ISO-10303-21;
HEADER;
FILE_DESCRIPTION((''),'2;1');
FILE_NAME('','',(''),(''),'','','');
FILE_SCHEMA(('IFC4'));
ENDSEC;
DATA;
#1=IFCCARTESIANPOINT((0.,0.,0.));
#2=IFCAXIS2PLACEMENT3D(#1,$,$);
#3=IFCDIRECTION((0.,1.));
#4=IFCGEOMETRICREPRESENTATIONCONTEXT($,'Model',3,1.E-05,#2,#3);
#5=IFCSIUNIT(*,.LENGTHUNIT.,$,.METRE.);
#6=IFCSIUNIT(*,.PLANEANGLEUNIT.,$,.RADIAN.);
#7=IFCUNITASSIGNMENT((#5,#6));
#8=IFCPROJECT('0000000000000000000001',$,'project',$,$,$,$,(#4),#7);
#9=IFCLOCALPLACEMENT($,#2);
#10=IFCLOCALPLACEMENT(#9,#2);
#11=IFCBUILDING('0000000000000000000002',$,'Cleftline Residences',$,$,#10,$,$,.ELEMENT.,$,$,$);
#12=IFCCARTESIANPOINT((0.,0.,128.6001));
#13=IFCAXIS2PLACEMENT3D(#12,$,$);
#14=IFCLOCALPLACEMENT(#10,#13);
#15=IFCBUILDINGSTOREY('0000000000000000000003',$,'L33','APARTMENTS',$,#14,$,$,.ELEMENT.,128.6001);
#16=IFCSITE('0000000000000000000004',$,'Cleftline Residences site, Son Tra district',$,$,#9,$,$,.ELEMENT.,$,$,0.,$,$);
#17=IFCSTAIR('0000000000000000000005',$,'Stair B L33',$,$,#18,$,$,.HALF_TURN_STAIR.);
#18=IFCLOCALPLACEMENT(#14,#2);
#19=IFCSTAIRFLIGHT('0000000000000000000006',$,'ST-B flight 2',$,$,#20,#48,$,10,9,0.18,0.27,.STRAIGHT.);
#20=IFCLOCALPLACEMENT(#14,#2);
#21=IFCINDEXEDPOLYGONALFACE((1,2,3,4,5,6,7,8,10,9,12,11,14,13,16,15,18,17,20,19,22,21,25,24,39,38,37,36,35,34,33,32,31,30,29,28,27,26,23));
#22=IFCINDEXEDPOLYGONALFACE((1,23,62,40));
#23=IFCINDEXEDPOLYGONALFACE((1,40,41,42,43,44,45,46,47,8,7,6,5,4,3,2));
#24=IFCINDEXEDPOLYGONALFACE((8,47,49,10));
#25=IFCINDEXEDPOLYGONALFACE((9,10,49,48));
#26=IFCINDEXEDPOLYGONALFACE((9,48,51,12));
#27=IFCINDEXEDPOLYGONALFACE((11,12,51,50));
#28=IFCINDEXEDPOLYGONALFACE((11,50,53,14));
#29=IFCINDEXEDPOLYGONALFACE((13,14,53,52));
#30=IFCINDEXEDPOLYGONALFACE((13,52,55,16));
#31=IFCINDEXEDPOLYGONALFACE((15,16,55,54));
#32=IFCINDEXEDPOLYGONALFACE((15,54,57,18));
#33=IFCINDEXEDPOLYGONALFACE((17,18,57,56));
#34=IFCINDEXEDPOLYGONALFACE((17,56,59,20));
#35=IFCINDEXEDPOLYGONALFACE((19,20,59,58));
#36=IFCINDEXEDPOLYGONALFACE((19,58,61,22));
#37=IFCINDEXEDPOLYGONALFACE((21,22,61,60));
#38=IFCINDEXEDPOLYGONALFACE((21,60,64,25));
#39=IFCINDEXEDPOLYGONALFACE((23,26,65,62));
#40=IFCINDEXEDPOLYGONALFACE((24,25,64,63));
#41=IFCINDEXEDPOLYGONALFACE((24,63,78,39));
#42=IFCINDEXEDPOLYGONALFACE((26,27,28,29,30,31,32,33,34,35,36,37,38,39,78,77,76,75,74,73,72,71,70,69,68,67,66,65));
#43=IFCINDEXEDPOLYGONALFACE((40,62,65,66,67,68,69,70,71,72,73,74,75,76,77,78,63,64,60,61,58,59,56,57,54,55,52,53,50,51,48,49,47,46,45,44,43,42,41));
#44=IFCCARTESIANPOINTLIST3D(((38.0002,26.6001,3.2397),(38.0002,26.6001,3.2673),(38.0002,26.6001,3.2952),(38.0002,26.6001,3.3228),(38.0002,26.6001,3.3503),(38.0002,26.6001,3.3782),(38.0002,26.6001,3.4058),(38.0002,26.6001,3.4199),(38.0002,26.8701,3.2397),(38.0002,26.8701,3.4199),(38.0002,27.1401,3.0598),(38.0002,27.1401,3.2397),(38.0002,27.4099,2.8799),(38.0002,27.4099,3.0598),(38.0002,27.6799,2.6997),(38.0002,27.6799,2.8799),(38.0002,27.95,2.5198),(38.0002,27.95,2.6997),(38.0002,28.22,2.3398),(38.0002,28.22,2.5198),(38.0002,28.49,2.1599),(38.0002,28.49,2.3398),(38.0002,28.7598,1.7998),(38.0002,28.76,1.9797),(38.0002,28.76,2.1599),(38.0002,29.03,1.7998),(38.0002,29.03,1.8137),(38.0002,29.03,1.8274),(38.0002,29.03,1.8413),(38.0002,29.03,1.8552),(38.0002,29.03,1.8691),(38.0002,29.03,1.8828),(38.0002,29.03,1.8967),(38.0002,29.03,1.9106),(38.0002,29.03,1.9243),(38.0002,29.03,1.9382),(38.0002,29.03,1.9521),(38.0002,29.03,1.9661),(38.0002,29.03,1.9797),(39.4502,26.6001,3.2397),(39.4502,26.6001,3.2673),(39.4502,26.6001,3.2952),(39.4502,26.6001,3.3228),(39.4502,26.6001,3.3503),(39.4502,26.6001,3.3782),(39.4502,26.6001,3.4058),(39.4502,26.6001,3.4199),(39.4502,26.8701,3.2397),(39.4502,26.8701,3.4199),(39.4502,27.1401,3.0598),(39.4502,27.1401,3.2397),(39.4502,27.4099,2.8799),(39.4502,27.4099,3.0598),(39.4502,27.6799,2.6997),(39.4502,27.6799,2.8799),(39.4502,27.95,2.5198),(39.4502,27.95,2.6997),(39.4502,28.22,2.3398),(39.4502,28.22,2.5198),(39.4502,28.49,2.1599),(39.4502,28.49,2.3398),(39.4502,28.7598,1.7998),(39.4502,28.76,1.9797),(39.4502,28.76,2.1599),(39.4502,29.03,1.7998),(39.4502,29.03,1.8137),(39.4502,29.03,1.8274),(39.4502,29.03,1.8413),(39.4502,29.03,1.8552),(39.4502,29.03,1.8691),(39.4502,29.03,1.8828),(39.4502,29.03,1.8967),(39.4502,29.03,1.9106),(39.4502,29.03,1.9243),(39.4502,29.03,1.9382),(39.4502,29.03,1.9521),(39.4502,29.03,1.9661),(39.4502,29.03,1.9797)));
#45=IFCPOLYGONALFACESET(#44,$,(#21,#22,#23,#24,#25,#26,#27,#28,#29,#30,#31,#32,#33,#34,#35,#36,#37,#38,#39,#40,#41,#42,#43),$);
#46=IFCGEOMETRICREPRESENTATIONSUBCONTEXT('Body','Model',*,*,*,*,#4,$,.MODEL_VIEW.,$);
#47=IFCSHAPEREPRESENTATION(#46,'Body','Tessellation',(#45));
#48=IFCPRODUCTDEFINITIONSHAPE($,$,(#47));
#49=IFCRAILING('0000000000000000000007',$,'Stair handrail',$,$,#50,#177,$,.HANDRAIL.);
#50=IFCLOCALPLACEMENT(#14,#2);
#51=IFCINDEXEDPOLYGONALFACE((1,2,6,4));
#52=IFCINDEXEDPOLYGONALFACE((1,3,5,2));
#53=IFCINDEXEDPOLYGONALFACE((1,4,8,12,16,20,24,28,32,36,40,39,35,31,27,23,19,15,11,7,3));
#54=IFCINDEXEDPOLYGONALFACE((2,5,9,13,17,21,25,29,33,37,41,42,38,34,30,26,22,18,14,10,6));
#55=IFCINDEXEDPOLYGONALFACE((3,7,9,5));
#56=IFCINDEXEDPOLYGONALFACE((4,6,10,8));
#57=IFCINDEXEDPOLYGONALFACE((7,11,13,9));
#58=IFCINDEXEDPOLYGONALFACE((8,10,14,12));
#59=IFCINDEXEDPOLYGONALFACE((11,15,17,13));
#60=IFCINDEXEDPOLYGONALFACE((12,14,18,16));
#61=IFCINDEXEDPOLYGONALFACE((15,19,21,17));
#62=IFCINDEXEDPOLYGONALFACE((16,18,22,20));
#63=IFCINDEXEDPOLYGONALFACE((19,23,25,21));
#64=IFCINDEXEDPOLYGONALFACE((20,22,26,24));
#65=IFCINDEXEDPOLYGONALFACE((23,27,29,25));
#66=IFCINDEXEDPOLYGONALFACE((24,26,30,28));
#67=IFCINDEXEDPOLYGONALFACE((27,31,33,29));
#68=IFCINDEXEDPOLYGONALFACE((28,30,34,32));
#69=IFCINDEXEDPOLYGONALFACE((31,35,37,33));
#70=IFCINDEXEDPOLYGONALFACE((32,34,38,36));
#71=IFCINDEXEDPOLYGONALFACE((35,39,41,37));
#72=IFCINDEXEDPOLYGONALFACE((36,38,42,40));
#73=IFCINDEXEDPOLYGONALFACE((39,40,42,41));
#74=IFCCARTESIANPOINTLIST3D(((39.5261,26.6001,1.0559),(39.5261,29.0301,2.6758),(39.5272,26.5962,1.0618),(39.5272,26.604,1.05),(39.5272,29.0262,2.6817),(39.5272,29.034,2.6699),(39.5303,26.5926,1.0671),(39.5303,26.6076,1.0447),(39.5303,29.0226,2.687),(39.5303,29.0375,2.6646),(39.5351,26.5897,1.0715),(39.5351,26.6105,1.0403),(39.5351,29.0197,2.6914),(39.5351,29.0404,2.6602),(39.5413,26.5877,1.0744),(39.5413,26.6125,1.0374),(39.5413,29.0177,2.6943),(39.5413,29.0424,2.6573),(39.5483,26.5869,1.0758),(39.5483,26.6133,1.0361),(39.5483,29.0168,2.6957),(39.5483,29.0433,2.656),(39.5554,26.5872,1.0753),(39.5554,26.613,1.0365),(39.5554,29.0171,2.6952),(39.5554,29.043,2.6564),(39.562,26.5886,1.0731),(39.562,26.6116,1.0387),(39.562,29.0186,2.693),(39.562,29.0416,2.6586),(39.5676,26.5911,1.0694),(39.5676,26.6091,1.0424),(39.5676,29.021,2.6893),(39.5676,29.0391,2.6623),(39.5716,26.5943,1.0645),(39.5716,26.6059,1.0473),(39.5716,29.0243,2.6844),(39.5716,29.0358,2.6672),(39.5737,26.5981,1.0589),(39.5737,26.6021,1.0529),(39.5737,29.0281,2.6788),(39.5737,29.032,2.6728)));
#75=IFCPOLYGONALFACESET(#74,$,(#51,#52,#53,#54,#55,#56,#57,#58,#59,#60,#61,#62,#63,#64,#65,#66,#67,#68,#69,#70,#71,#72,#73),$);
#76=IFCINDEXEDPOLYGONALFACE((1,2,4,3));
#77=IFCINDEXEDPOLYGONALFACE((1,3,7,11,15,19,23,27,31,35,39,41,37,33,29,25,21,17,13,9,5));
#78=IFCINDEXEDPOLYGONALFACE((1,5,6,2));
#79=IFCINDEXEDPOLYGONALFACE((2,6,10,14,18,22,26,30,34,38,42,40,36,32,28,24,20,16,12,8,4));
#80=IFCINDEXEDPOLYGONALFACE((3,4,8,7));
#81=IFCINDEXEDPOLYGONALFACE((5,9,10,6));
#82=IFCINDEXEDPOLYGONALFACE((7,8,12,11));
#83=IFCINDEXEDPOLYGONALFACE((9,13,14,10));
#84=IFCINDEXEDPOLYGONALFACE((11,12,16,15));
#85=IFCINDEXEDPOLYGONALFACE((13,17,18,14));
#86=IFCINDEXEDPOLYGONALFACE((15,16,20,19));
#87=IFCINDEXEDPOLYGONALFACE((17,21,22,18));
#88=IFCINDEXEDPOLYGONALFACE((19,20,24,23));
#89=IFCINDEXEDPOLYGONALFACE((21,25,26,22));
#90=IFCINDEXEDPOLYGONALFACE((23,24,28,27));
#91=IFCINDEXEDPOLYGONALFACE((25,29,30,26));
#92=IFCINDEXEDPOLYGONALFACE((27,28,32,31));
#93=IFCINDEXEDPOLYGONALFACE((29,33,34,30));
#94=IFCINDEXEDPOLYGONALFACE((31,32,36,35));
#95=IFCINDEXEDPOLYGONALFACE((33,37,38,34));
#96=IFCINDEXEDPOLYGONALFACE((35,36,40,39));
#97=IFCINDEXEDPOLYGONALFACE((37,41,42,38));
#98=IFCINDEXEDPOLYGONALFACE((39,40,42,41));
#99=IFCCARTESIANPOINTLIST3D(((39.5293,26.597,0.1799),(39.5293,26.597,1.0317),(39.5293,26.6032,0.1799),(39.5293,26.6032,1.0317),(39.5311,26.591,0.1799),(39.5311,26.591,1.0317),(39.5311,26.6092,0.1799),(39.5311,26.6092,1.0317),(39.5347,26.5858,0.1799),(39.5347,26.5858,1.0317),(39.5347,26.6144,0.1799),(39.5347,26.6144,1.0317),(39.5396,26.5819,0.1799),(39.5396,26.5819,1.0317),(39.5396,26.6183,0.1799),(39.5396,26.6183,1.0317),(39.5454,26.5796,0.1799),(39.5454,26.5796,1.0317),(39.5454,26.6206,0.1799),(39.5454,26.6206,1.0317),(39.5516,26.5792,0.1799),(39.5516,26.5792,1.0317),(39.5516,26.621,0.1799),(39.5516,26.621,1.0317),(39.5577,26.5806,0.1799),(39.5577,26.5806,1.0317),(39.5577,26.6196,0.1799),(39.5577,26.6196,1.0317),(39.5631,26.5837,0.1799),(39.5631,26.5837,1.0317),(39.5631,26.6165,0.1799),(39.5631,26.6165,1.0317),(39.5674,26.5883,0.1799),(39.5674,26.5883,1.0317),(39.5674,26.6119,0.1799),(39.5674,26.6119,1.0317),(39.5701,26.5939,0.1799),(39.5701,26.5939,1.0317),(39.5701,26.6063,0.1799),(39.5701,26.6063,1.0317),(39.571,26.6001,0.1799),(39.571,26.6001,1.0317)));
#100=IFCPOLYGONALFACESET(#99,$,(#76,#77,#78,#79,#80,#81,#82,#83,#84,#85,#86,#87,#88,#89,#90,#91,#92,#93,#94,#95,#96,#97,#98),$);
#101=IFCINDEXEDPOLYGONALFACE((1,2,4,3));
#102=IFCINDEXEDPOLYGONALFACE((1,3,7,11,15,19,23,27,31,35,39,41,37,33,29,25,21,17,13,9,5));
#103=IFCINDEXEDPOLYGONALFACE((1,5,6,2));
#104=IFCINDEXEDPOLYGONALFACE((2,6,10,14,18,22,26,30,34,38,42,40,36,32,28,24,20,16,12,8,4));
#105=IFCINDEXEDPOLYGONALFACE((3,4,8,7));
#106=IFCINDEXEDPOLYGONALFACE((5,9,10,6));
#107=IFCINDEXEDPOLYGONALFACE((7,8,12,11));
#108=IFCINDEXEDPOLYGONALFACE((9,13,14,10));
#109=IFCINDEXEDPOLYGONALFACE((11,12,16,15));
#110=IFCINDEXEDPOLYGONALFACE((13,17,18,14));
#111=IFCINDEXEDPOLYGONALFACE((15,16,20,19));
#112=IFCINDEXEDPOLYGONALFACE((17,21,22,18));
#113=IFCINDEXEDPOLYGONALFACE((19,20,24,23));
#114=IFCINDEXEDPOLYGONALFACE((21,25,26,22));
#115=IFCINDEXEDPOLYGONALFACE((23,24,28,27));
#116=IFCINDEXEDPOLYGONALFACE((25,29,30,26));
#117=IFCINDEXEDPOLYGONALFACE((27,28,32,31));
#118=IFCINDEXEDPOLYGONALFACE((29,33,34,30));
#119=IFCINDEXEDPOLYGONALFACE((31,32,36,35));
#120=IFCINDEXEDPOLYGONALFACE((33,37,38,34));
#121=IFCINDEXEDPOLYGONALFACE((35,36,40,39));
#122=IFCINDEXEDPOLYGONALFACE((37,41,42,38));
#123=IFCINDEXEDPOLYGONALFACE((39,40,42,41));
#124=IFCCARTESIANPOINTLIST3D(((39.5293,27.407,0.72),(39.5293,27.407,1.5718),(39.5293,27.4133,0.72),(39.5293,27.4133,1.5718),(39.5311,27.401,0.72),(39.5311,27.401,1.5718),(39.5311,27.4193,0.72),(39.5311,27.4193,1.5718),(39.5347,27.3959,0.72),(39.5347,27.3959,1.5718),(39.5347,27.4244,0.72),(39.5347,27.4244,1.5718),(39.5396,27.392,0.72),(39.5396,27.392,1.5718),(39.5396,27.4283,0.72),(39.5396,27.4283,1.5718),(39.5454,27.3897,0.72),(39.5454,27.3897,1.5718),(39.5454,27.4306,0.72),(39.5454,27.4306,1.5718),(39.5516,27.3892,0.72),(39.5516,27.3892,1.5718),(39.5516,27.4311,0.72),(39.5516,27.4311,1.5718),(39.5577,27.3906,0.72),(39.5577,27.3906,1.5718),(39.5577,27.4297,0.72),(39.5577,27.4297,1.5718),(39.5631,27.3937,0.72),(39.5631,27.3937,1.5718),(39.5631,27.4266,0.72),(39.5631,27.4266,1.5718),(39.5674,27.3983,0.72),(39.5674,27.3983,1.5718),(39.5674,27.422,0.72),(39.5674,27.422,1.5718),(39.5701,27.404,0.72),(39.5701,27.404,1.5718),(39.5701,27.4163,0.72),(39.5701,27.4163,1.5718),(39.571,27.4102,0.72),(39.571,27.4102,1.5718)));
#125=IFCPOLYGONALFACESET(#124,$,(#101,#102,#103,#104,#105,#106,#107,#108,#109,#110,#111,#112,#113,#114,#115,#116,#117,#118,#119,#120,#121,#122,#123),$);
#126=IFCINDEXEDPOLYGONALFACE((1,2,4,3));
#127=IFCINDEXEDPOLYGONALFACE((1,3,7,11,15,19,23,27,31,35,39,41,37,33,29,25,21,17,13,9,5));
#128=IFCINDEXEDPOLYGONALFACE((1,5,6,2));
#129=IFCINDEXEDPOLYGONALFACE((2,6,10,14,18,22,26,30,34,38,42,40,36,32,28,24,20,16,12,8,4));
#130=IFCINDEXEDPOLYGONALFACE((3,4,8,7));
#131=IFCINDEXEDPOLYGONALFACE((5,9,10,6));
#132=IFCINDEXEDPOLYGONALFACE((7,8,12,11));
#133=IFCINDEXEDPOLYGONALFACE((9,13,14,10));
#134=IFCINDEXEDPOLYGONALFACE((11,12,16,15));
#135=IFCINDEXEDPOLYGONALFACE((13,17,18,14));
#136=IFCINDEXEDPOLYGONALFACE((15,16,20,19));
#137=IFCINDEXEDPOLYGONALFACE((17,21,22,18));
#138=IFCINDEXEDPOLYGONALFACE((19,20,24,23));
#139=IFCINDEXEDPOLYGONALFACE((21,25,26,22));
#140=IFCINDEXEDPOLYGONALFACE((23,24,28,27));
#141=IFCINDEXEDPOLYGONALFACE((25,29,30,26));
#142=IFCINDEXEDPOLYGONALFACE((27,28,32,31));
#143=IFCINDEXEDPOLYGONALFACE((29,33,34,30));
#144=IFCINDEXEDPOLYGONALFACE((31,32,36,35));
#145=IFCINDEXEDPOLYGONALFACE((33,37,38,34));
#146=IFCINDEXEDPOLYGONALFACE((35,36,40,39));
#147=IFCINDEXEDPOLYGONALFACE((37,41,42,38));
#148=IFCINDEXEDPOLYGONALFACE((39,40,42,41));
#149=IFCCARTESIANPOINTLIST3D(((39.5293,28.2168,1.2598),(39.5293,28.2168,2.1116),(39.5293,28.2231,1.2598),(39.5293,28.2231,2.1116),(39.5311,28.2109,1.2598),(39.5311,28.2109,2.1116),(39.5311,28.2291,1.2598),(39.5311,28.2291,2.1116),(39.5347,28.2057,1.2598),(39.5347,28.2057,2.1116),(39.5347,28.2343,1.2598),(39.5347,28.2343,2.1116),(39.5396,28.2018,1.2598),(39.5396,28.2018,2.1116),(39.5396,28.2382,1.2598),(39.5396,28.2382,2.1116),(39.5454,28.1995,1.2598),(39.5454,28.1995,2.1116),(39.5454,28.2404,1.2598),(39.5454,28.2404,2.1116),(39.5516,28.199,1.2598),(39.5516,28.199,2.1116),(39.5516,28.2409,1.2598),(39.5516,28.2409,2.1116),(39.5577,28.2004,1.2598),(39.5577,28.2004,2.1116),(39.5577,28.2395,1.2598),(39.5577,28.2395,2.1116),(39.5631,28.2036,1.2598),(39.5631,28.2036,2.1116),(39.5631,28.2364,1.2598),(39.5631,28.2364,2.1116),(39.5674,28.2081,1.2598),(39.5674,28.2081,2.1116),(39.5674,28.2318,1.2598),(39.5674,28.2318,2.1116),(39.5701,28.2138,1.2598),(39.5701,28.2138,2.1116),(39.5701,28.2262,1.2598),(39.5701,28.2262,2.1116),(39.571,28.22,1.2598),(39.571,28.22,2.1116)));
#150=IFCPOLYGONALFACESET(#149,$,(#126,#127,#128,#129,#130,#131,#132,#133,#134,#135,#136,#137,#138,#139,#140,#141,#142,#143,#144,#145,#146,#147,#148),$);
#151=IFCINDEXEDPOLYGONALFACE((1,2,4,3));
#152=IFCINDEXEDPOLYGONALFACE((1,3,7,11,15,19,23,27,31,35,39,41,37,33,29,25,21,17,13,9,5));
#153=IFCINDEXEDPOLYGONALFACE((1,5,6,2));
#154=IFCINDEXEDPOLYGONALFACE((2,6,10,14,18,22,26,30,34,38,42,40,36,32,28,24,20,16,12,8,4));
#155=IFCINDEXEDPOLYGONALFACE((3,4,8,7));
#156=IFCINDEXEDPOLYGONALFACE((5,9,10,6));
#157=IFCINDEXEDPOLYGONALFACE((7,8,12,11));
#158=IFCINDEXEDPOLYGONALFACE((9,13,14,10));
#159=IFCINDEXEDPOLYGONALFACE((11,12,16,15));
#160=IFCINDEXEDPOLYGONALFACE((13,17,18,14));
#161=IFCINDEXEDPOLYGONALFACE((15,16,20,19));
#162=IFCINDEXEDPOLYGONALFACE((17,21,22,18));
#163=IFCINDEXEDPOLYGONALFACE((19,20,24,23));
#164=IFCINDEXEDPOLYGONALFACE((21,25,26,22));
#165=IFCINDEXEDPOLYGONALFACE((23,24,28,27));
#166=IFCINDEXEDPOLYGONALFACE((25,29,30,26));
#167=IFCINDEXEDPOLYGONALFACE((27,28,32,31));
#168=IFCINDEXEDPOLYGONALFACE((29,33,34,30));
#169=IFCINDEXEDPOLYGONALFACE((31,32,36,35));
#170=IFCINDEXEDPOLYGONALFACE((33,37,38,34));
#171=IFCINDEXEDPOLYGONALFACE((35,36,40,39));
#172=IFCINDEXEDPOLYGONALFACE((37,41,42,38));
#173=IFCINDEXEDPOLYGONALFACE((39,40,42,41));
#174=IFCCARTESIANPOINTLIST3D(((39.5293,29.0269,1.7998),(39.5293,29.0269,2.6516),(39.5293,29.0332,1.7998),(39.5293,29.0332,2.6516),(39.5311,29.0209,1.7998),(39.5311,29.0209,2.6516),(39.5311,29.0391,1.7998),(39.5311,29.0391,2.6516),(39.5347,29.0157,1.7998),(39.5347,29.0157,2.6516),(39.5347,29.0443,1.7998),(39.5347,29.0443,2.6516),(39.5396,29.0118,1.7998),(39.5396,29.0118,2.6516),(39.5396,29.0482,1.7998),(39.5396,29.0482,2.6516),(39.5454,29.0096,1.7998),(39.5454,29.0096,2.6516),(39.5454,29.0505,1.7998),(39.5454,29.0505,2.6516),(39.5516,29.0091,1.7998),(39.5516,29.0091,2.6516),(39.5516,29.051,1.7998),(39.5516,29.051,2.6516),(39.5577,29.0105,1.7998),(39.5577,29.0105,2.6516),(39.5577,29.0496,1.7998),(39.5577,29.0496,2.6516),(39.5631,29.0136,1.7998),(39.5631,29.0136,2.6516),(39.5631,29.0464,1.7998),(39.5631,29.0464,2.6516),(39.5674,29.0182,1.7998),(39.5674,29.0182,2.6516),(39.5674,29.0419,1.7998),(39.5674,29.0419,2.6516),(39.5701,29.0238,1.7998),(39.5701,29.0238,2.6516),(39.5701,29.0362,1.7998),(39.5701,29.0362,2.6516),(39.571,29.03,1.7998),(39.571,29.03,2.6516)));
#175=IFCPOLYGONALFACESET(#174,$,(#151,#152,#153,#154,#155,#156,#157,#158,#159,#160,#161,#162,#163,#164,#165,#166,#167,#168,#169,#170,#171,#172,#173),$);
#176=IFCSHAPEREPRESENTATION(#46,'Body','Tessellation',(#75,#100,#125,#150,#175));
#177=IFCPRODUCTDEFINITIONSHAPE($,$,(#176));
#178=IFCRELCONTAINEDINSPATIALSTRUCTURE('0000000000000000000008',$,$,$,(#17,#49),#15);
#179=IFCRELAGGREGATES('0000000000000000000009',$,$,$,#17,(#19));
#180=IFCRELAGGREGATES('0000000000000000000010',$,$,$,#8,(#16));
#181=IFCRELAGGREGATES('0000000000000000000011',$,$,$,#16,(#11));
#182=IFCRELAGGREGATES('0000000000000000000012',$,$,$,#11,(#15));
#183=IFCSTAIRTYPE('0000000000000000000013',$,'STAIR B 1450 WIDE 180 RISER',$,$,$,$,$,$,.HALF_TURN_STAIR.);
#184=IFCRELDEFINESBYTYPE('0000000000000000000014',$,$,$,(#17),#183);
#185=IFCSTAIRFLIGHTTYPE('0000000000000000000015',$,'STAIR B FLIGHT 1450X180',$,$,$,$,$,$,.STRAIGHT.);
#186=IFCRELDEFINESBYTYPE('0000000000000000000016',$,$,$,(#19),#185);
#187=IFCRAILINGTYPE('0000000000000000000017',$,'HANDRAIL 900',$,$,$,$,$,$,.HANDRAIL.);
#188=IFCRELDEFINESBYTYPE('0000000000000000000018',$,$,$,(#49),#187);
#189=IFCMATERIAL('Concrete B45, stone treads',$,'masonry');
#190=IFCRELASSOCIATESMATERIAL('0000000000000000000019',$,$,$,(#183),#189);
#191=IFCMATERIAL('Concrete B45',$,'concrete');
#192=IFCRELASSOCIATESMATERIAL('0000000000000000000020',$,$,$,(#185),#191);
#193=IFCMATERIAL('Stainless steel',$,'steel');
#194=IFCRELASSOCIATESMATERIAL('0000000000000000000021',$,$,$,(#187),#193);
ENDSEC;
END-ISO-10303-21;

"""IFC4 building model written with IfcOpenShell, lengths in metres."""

from ifc_helpers import new_model, si_unit, direction, frame, origin, origin_2d, place, context, subcontext, project, spatial, polyline, circle, outline, extrude, material, type_object, element, aggregate, save


model = new_model("IFC4")

# Units and contexts
model_context = context("Model", 3, precision=1e-05, world=origin(), true_north=direction((0.0, 1.0)))
body_context = subcontext(model_context, "Body", "Model", "MODEL_VIEW")
ifc_project = project(units=[si_unit("LENGTHUNIT", "METRE"), si_unit("PLANEANGLEUNIT", "RADIAN")], contexts=[model_context])

# Site, building, storey
site_placement = place(None, origin())
site = spatial("IfcSite", under=ifc_project, at=site_placement, Name="Cleftline Residences site, Son Tra district", CompositionType="ELEMENT", RefElevation=0.0)
building_placement = place(site_placement, origin())
building = spatial("IfcBuilding", under=site, at=building_placement, Name="Cleftline Residences", CompositionType="ELEMENT")
storey_placement = place(building_placement, frame((0.0, 0.0, 128.6001)))
storey = spatial("IfcBuildingStorey", under=building, at=storey_placement, Name="L33", Description="APARTMENTS", CompositionType="ELEMENT", Elevation=128.6001)

# Stair, stair flight
ifc_material_1 = material(Name="Concrete B45, stone treads", Category="masonry")
stair_type = type_object("IfcStairType", Name="STAIR B 1450 WIDE 180 RISER", PredefinedType="HALF_TURN_STAIR", material=ifc_material_1)
stair_placement = place(storey_placement, origin())
stair = element("IfcStair", 1, at=stair_placement, inside=storey, type_object=stair_type, Name="Stair B L33", PredefinedType="HALF_TURN_STAIR")
ifc_material_2 = material(Name="Concrete B45", Category="concrete")
stair_flight_type = type_object("IfcStairFlightType", Name="STAIR B FLIGHT 1450X180", PredefinedType="STRAIGHT", material=ifc_material_2)
stair_flight_1_placement = place(storey_placement, frame((38.7251, 29.03, 1.7998), z_axis=(0.0, 0.0, 1.0), x_axis=(0.0, -1.0, 0.0)))
stair_flight_1 = element("IfcStairFlight", 2, at=stair_flight_1_placement, type_object=stair_flight_type, Name="ST-B flight 2", NumberOfRisers=10, NumberOfTreads=9, PredefinedType="STRAIGHT", RiserHeight=0.18, TreadLength=0.27, context=body_context, shape_type="SweptSolid", body=[
    extrude(outline(polyline([(0.0, 0.0), (0.0, 0.0139), (0.0, 0.0276), (0.0, 0.0415), (0.0, 0.0554), (0.0, 0.0693), (0.0, 0.083), (0.0, 0.0969), (0.0, 0.1108), (0.0, 0.1245), (0.0, 0.1384), (0.0, 0.1523), (0.0, 0.1663), (0.0, 0.1799), (0.27, 0.1799), (0.27, 0.3601), (0.54, 0.3601), (0.54, 0.54), (0.8101, 0.54), (0.8101, 0.72), (1.0801, 0.72), (1.0801, 0.8999), (1.3501, 0.8999), (1.3501, 1.0801), (1.6201, 1.0801), (1.6201, 1.26), (1.8899, 1.26), (1.8899, 1.4399), (2.1599, 1.4399), (2.1599, 1.6201), (2.4299, 1.6201), (2.4299, 1.8), (2.4299, 1.7722), (2.4299, 1.7446), (2.4299, 1.7168), (2.4299, 1.6892), (2.4299, 1.6614), (2.4299, 1.6338), (2.4299, 1.606), (2.4299, 1.5784), (2.4299, 1.5505), (2.4299, 1.5229), (2.4299, 1.4954), (2.4299, 1.4675), (2.4299, 1.4399), (0.2703, 0.0), (0.0, 0.0)])), frame((0.0, 0.7251, 0.0), z_axis=(0.0, -1.0, 0.0), x_axis=(1.0, 0.0, 0.0)), (0.0, 0.0, 1.0), 1.45),
])
aggregate(stair, [stair_flight_1])

# Railing
ifc_material_3 = material(Name="Stainless steel", Category="steel")
railing_type = type_object("IfcRailingType", Name="HANDRAIL 900", PredefinedType="HANDRAIL", material=ifc_material_3)
railing_1_placement = place(storey_placement, frame((39.55, 26.6001, 0.1799)))
element("IfcRailing", 3, at=railing_1_placement, inside=storey, type_object=railing_type, Name="Stair handrail", PredefinedType="HANDRAIL", context=body_context, shape_type="SweptSolid", body=[
    extrude(circle(Radius=0.0239, at=origin_2d()), frame((0.0, 0.0, 0.876), z_axis=(0.0, 0.832063, 0.554681), x_axis=(-1.0, 0.0, 0.0)), (0.0, 0.0, 1.0), 2.9204),
    extrude(circle(Radius=0.021, at=origin_2d()), origin(), (0.0, 0.0, 1.0), 0.8518),
    extrude(circle(Radius=0.021, at=origin_2d()), frame((0.0, 0.8101, 0.54)), (0.0, 0.0, 1.0), 0.8518),
    extrude(circle(Radius=0.021, at=origin_2d()), frame((0.0, 1.6199, 1.0798)), (0.0, 0.0, 1.0), 0.8518),
    extrude(circle(Radius=0.021, at=origin_2d()), frame((0.0, 2.4299, 1.6199)), (0.0, 0.0, 1.0), 0.8518),
])

save(model, "model.ifc")
